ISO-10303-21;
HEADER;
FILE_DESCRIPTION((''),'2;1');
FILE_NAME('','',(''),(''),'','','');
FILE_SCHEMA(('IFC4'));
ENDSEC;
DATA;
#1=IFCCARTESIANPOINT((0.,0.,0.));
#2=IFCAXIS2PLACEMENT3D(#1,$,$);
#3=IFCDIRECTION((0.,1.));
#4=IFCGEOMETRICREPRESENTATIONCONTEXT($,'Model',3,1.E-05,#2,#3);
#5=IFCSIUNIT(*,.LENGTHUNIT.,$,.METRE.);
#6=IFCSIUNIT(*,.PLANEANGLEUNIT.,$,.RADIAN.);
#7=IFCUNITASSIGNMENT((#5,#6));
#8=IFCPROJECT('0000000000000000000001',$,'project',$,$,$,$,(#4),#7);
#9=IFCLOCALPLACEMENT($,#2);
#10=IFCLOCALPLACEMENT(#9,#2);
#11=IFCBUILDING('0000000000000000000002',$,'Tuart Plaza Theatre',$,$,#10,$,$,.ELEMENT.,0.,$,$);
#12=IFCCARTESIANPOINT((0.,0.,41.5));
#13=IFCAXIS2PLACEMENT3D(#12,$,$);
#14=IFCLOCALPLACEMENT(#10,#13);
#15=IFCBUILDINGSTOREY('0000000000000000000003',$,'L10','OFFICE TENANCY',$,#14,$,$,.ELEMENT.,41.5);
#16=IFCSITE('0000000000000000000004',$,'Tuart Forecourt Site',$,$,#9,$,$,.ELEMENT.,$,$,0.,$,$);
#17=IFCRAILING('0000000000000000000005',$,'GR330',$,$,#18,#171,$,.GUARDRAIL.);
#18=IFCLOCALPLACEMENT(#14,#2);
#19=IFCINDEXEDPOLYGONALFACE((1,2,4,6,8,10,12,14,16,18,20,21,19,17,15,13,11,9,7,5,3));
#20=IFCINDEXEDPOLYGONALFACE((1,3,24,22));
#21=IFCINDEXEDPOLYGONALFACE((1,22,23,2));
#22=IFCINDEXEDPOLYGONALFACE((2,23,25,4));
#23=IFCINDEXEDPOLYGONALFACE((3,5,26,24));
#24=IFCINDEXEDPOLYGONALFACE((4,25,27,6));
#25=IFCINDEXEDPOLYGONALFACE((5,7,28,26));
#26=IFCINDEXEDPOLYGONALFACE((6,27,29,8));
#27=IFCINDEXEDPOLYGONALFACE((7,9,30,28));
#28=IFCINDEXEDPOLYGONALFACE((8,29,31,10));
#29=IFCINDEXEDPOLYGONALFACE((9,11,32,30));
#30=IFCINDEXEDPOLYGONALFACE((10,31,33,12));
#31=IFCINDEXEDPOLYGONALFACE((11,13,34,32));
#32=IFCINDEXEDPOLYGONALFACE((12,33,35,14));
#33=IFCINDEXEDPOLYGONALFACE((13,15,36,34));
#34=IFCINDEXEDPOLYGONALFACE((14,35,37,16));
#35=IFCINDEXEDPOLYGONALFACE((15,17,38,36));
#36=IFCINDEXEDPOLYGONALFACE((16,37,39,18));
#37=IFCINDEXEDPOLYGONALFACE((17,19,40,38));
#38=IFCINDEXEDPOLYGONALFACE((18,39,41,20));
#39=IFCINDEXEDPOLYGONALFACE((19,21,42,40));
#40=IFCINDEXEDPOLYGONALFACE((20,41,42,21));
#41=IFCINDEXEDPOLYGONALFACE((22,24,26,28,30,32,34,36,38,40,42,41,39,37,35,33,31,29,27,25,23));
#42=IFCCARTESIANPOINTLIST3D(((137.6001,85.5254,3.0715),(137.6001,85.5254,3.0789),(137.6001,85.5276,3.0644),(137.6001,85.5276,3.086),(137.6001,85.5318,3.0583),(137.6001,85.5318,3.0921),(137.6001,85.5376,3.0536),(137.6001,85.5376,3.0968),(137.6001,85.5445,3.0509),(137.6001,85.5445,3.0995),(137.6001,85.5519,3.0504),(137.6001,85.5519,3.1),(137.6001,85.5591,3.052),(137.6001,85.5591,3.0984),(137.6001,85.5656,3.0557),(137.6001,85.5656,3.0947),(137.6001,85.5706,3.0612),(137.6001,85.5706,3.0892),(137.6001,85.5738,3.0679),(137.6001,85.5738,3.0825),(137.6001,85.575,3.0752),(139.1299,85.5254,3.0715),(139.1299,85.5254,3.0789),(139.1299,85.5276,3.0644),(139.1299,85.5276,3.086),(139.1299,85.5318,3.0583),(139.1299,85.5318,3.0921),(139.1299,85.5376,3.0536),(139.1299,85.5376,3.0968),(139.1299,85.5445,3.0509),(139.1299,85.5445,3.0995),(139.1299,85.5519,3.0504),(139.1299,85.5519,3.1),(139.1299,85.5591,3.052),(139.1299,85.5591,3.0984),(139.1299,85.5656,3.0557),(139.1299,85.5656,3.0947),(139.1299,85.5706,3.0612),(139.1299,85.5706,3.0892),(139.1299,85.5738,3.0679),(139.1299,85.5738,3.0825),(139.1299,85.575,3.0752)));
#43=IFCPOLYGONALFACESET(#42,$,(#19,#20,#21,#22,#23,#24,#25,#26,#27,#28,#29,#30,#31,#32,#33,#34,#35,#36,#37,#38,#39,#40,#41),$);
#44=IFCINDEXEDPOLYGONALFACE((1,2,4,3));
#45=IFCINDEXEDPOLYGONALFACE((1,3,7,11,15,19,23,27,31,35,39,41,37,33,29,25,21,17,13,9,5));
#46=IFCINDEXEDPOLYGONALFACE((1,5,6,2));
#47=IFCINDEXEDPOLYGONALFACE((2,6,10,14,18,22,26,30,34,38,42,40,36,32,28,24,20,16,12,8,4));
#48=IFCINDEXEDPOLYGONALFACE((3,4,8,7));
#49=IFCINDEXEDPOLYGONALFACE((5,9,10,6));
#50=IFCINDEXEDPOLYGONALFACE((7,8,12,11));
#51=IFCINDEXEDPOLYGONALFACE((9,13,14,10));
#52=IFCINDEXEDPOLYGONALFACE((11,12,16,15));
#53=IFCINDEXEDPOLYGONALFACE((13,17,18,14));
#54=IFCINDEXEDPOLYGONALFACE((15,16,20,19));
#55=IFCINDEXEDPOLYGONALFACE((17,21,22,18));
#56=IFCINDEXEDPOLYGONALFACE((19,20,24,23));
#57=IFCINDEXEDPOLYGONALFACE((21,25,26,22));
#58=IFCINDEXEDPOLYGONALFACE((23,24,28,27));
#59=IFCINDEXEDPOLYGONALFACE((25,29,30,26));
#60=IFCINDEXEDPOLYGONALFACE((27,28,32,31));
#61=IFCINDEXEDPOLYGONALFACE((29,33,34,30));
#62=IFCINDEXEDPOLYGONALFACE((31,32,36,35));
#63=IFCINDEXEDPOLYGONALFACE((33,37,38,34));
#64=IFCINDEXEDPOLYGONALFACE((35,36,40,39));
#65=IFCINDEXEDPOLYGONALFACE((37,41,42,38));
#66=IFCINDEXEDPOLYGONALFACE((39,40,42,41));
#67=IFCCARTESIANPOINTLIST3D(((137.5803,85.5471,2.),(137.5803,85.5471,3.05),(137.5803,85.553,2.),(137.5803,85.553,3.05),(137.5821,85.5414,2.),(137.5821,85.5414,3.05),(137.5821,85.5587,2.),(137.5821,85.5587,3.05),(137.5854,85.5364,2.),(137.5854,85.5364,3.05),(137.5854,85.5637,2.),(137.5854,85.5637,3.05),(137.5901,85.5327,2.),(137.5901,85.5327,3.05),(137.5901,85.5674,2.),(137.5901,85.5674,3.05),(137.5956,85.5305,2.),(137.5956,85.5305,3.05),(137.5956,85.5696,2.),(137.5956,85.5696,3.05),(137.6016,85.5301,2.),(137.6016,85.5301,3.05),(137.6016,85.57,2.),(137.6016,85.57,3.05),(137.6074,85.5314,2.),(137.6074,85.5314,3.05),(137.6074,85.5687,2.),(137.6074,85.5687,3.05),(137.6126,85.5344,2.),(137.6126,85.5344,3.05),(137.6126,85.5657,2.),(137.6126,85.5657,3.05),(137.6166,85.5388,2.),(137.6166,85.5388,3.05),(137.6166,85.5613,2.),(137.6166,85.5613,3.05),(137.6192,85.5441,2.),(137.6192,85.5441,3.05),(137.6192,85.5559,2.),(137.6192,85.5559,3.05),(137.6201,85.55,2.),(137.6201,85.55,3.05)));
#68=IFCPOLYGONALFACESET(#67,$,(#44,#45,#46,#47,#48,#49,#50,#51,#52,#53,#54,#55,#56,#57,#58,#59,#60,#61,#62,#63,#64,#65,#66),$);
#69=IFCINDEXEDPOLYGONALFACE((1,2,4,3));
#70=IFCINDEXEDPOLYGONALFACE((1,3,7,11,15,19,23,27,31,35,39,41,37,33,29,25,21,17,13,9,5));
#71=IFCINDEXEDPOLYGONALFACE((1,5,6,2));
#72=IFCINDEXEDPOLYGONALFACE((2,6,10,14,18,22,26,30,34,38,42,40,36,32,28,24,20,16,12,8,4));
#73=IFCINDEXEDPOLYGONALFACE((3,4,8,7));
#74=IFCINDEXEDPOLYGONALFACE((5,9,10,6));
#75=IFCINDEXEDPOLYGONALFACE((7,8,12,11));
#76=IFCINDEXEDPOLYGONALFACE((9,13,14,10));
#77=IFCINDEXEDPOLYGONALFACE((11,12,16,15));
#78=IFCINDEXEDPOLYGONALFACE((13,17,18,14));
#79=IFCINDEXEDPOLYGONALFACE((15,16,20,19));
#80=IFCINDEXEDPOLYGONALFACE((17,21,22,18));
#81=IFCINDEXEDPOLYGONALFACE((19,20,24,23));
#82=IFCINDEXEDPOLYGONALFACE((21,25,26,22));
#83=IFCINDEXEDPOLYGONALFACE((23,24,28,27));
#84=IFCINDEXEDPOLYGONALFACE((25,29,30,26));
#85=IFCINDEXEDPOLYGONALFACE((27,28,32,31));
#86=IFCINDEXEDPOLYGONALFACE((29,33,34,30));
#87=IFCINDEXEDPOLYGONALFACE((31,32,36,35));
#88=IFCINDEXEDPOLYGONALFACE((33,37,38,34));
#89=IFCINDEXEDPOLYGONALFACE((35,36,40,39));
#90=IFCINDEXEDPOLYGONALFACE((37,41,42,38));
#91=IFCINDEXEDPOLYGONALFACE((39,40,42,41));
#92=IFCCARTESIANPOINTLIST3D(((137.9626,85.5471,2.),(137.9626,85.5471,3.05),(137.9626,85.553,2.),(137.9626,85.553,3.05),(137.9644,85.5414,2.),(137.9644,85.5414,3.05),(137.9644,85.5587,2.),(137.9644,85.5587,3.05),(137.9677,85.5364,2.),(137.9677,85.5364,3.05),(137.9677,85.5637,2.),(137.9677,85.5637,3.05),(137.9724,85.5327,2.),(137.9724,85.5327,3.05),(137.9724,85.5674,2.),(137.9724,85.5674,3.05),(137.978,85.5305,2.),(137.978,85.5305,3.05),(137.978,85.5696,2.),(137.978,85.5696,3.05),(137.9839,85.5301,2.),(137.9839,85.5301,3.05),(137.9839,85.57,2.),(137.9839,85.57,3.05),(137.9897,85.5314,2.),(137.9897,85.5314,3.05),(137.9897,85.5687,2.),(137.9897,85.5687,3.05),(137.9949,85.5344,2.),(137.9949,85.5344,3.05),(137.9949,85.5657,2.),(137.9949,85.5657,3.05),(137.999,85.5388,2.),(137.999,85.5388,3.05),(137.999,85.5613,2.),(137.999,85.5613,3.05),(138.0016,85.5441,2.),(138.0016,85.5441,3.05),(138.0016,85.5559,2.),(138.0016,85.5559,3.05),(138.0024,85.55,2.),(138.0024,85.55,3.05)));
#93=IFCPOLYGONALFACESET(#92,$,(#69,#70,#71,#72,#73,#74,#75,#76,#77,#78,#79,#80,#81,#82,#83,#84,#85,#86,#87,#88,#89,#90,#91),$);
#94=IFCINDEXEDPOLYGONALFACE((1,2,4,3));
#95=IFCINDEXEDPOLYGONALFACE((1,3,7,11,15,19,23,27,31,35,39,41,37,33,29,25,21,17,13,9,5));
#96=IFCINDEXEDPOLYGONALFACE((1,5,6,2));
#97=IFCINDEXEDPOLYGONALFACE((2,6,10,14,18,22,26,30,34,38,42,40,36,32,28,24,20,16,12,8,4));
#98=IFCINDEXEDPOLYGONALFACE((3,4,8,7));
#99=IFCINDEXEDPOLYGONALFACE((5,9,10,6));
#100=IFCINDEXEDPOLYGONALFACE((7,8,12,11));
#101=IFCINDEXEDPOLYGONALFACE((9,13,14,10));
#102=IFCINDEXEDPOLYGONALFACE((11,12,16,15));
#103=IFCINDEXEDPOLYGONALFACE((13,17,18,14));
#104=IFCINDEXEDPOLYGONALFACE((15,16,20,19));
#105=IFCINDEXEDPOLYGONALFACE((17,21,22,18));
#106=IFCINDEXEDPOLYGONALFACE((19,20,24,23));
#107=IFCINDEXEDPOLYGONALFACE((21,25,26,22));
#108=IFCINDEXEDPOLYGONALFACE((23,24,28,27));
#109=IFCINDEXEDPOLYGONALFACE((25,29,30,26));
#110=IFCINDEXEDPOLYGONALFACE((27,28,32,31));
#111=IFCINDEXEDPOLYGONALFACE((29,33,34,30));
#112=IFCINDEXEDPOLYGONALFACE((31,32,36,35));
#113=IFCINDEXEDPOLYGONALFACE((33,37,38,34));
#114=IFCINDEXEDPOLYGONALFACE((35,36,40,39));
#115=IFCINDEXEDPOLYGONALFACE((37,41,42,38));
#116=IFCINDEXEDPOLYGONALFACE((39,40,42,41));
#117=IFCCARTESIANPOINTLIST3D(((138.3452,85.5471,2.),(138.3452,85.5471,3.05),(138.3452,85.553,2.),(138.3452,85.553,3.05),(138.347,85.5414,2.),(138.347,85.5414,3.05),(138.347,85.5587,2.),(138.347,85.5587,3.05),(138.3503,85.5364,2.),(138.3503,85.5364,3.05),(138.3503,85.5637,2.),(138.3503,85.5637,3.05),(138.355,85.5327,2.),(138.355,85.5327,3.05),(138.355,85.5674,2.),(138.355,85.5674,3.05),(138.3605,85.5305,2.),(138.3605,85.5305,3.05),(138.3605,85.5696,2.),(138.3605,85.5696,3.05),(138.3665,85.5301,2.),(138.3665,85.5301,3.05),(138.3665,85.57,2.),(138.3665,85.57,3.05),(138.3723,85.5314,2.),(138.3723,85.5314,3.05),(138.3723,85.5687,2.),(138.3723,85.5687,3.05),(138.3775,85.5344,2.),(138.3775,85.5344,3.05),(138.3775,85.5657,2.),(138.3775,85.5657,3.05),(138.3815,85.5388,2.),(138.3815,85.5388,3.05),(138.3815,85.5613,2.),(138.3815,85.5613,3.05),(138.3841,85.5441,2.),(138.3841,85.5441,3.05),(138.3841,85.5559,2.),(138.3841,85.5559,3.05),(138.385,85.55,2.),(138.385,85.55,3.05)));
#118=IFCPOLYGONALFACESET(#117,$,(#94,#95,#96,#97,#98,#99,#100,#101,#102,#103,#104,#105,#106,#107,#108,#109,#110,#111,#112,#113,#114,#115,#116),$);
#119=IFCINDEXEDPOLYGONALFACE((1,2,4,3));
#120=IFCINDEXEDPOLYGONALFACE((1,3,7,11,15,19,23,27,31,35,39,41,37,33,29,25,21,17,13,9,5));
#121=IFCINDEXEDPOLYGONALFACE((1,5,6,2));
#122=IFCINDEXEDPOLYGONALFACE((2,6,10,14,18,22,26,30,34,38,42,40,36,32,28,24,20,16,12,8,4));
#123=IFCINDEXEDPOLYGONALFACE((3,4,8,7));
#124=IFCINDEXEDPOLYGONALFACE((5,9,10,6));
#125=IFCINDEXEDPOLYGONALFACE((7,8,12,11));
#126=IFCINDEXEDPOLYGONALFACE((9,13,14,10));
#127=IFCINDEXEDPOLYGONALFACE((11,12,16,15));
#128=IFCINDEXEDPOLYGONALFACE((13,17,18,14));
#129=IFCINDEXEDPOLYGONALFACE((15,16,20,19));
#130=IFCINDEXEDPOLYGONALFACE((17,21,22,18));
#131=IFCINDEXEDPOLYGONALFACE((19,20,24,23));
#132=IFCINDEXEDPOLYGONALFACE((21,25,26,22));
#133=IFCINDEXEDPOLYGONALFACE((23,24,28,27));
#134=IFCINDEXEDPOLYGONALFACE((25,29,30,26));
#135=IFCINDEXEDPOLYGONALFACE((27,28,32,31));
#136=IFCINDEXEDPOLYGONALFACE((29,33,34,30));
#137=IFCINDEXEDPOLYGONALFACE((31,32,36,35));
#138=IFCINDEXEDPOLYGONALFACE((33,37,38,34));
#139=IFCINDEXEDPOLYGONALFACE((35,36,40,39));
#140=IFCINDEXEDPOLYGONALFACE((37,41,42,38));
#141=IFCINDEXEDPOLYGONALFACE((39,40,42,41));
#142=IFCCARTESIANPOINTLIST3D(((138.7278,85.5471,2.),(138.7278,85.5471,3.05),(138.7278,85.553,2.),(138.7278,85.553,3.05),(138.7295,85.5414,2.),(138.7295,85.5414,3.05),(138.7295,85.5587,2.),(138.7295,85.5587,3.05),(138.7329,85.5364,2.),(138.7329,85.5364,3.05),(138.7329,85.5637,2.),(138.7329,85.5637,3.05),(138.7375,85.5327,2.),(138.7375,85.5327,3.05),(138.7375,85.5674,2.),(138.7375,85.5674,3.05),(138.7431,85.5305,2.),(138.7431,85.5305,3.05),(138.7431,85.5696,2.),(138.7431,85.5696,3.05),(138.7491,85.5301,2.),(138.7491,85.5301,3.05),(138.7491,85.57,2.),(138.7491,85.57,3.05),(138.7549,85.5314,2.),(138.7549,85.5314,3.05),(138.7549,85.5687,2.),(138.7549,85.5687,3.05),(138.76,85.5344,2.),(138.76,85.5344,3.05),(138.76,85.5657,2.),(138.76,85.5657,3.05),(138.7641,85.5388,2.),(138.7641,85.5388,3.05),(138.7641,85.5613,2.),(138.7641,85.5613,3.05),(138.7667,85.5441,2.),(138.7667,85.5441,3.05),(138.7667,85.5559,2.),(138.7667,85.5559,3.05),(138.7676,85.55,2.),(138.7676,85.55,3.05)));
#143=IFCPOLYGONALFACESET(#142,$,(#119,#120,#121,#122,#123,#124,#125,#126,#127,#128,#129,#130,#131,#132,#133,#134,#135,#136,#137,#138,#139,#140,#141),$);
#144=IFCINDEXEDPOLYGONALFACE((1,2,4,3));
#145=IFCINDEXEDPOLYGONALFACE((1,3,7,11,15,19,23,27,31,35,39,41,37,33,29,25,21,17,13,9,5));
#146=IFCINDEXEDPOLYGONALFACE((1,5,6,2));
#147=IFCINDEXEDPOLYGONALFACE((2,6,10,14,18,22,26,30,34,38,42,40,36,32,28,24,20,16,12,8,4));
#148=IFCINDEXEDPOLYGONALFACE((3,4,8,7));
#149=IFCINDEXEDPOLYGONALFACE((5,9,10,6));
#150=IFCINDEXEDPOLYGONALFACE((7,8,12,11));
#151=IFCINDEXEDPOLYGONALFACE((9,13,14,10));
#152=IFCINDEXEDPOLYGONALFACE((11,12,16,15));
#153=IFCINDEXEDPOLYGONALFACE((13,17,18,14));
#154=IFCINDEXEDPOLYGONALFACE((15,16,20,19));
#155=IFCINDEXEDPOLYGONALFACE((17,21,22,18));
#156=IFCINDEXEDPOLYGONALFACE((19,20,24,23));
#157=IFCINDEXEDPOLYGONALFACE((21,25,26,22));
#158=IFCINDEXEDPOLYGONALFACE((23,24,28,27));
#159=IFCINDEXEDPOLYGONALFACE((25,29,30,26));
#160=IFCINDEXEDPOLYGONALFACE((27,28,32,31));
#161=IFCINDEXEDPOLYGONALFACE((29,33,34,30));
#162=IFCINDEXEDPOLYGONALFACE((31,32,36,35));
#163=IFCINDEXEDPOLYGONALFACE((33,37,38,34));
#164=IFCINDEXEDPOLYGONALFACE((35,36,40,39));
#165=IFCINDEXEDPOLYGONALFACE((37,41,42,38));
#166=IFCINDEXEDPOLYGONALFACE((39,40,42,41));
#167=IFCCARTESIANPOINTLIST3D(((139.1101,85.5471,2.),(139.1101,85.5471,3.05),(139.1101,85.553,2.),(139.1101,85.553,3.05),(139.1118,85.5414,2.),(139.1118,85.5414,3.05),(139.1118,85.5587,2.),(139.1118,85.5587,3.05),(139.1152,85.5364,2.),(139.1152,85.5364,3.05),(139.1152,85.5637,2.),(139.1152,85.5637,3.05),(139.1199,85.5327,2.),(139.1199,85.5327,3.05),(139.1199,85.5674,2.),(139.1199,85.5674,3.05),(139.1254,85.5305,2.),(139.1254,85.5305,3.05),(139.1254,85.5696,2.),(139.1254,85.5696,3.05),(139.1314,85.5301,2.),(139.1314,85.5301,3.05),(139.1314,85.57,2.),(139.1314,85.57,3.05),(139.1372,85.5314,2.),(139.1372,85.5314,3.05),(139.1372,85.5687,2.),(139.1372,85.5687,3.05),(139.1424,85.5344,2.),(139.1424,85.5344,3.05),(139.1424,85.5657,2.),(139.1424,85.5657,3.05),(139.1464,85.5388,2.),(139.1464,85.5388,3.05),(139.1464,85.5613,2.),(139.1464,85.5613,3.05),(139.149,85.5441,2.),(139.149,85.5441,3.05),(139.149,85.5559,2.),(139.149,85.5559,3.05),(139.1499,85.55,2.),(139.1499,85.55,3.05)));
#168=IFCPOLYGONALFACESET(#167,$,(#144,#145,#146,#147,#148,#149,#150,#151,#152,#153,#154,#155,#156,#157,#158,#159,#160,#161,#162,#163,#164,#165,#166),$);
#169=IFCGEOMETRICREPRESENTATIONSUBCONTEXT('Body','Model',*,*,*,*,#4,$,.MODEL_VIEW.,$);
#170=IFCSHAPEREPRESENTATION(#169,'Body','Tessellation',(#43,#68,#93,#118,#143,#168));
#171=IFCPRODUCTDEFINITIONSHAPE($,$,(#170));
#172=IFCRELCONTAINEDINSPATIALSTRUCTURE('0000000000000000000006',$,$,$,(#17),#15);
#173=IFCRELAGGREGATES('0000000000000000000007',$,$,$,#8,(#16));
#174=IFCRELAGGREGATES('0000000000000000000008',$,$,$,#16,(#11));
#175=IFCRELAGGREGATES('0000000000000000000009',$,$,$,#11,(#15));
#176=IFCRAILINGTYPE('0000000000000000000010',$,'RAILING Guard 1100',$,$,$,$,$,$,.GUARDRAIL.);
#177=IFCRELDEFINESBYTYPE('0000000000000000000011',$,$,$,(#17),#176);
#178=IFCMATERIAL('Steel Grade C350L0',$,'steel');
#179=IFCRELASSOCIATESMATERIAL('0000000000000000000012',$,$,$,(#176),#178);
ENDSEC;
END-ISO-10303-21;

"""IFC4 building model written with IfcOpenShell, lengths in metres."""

from ifc_helpers import new_model, si_unit, direction, frame, origin, origin_2d, place, context, subcontext, project, spatial, circle, extrude, material, type_object, element, save


model = new_model("IFC4")

# Units and contexts
model_context = context("Model", 3, precision=1e-05, world=origin(), true_north=direction((0.0, 1.0)))
body_context = subcontext(model_context, "Body", "Model", "MODEL_VIEW")
ifc_project = project(units=[si_unit("LENGTHUNIT", "METRE"), si_unit("PLANEANGLEUNIT", "RADIAN")], contexts=[model_context])

# Site, building, storey
site_placement = place(None, origin())
site = spatial("IfcSite", under=ifc_project, at=site_placement, Name="Tuart Forecourt Site", CompositionType="ELEMENT", RefElevation=0.0)
building_placement = place(site_placement, origin())
building = spatial("IfcBuilding", under=site, at=building_placement, Name="Tuart Plaza Theatre", CompositionType="ELEMENT", ElevationOfRefHeight=0.0)
storey_placement = place(building_placement, frame((0.0, 0.0, 41.5)))
storey = spatial("IfcBuildingStorey", under=building, at=storey_placement, Name="L10", Description="OFFICE TENANCY", CompositionType="ELEMENT", Elevation=41.5)

# Railing
ifc_material_1 = material(Name="Steel Grade C350L0", Category="steel")
railing_type_1 = type_object("IfcRailingType", Name="RAILING Guard 1100", PredefinedType="GUARDRAIL", material=ifc_material_1)
railing_1_placement = place(storey_placement, frame((137.6001, 85.55, 2.0)))
element("IfcRailing", 1, at=railing_1_placement, inside=storey, type_object=railing_type_1, Name="GR330", PredefinedType="GUARDRAIL", context=body_context, shape_type="SweptSolid", body=[
    extrude(circle(Radius=0.0249, at=origin_2d()), frame((0.0, 0.0, 1.0752), z_axis=(1.0, 0.0, 0.0), x_axis=(0.0, 1.0, 0.0)), (0.0, 0.0, 1.0), 1.5298),
    extrude(circle(Radius=0.02, at=origin_2d()), origin(), (0.0, 0.0, 1.0), 1.05),
    extrude(circle(Radius=0.02, at=origin_2d()), frame((0.3823, 0.0, 0.0)), (0.0, 0.0, 1.0), 1.05),
    extrude(circle(Radius=0.02, at=origin_2d()), frame((0.7649, 0.0, 0.0)), (0.0, 0.0, 1.0), 1.05),
    extrude(circle(Radius=0.02, at=origin_2d()), frame((1.1475, 0.0, 0.0)), (0.0, 0.0, 1.0), 1.05),
    extrude(circle(Radius=0.02, at=origin_2d()), frame((1.5298, 0.0, 0.0)), (0.0, 0.0, 1.0), 1.05),
])

save(model, "model.ifc")
